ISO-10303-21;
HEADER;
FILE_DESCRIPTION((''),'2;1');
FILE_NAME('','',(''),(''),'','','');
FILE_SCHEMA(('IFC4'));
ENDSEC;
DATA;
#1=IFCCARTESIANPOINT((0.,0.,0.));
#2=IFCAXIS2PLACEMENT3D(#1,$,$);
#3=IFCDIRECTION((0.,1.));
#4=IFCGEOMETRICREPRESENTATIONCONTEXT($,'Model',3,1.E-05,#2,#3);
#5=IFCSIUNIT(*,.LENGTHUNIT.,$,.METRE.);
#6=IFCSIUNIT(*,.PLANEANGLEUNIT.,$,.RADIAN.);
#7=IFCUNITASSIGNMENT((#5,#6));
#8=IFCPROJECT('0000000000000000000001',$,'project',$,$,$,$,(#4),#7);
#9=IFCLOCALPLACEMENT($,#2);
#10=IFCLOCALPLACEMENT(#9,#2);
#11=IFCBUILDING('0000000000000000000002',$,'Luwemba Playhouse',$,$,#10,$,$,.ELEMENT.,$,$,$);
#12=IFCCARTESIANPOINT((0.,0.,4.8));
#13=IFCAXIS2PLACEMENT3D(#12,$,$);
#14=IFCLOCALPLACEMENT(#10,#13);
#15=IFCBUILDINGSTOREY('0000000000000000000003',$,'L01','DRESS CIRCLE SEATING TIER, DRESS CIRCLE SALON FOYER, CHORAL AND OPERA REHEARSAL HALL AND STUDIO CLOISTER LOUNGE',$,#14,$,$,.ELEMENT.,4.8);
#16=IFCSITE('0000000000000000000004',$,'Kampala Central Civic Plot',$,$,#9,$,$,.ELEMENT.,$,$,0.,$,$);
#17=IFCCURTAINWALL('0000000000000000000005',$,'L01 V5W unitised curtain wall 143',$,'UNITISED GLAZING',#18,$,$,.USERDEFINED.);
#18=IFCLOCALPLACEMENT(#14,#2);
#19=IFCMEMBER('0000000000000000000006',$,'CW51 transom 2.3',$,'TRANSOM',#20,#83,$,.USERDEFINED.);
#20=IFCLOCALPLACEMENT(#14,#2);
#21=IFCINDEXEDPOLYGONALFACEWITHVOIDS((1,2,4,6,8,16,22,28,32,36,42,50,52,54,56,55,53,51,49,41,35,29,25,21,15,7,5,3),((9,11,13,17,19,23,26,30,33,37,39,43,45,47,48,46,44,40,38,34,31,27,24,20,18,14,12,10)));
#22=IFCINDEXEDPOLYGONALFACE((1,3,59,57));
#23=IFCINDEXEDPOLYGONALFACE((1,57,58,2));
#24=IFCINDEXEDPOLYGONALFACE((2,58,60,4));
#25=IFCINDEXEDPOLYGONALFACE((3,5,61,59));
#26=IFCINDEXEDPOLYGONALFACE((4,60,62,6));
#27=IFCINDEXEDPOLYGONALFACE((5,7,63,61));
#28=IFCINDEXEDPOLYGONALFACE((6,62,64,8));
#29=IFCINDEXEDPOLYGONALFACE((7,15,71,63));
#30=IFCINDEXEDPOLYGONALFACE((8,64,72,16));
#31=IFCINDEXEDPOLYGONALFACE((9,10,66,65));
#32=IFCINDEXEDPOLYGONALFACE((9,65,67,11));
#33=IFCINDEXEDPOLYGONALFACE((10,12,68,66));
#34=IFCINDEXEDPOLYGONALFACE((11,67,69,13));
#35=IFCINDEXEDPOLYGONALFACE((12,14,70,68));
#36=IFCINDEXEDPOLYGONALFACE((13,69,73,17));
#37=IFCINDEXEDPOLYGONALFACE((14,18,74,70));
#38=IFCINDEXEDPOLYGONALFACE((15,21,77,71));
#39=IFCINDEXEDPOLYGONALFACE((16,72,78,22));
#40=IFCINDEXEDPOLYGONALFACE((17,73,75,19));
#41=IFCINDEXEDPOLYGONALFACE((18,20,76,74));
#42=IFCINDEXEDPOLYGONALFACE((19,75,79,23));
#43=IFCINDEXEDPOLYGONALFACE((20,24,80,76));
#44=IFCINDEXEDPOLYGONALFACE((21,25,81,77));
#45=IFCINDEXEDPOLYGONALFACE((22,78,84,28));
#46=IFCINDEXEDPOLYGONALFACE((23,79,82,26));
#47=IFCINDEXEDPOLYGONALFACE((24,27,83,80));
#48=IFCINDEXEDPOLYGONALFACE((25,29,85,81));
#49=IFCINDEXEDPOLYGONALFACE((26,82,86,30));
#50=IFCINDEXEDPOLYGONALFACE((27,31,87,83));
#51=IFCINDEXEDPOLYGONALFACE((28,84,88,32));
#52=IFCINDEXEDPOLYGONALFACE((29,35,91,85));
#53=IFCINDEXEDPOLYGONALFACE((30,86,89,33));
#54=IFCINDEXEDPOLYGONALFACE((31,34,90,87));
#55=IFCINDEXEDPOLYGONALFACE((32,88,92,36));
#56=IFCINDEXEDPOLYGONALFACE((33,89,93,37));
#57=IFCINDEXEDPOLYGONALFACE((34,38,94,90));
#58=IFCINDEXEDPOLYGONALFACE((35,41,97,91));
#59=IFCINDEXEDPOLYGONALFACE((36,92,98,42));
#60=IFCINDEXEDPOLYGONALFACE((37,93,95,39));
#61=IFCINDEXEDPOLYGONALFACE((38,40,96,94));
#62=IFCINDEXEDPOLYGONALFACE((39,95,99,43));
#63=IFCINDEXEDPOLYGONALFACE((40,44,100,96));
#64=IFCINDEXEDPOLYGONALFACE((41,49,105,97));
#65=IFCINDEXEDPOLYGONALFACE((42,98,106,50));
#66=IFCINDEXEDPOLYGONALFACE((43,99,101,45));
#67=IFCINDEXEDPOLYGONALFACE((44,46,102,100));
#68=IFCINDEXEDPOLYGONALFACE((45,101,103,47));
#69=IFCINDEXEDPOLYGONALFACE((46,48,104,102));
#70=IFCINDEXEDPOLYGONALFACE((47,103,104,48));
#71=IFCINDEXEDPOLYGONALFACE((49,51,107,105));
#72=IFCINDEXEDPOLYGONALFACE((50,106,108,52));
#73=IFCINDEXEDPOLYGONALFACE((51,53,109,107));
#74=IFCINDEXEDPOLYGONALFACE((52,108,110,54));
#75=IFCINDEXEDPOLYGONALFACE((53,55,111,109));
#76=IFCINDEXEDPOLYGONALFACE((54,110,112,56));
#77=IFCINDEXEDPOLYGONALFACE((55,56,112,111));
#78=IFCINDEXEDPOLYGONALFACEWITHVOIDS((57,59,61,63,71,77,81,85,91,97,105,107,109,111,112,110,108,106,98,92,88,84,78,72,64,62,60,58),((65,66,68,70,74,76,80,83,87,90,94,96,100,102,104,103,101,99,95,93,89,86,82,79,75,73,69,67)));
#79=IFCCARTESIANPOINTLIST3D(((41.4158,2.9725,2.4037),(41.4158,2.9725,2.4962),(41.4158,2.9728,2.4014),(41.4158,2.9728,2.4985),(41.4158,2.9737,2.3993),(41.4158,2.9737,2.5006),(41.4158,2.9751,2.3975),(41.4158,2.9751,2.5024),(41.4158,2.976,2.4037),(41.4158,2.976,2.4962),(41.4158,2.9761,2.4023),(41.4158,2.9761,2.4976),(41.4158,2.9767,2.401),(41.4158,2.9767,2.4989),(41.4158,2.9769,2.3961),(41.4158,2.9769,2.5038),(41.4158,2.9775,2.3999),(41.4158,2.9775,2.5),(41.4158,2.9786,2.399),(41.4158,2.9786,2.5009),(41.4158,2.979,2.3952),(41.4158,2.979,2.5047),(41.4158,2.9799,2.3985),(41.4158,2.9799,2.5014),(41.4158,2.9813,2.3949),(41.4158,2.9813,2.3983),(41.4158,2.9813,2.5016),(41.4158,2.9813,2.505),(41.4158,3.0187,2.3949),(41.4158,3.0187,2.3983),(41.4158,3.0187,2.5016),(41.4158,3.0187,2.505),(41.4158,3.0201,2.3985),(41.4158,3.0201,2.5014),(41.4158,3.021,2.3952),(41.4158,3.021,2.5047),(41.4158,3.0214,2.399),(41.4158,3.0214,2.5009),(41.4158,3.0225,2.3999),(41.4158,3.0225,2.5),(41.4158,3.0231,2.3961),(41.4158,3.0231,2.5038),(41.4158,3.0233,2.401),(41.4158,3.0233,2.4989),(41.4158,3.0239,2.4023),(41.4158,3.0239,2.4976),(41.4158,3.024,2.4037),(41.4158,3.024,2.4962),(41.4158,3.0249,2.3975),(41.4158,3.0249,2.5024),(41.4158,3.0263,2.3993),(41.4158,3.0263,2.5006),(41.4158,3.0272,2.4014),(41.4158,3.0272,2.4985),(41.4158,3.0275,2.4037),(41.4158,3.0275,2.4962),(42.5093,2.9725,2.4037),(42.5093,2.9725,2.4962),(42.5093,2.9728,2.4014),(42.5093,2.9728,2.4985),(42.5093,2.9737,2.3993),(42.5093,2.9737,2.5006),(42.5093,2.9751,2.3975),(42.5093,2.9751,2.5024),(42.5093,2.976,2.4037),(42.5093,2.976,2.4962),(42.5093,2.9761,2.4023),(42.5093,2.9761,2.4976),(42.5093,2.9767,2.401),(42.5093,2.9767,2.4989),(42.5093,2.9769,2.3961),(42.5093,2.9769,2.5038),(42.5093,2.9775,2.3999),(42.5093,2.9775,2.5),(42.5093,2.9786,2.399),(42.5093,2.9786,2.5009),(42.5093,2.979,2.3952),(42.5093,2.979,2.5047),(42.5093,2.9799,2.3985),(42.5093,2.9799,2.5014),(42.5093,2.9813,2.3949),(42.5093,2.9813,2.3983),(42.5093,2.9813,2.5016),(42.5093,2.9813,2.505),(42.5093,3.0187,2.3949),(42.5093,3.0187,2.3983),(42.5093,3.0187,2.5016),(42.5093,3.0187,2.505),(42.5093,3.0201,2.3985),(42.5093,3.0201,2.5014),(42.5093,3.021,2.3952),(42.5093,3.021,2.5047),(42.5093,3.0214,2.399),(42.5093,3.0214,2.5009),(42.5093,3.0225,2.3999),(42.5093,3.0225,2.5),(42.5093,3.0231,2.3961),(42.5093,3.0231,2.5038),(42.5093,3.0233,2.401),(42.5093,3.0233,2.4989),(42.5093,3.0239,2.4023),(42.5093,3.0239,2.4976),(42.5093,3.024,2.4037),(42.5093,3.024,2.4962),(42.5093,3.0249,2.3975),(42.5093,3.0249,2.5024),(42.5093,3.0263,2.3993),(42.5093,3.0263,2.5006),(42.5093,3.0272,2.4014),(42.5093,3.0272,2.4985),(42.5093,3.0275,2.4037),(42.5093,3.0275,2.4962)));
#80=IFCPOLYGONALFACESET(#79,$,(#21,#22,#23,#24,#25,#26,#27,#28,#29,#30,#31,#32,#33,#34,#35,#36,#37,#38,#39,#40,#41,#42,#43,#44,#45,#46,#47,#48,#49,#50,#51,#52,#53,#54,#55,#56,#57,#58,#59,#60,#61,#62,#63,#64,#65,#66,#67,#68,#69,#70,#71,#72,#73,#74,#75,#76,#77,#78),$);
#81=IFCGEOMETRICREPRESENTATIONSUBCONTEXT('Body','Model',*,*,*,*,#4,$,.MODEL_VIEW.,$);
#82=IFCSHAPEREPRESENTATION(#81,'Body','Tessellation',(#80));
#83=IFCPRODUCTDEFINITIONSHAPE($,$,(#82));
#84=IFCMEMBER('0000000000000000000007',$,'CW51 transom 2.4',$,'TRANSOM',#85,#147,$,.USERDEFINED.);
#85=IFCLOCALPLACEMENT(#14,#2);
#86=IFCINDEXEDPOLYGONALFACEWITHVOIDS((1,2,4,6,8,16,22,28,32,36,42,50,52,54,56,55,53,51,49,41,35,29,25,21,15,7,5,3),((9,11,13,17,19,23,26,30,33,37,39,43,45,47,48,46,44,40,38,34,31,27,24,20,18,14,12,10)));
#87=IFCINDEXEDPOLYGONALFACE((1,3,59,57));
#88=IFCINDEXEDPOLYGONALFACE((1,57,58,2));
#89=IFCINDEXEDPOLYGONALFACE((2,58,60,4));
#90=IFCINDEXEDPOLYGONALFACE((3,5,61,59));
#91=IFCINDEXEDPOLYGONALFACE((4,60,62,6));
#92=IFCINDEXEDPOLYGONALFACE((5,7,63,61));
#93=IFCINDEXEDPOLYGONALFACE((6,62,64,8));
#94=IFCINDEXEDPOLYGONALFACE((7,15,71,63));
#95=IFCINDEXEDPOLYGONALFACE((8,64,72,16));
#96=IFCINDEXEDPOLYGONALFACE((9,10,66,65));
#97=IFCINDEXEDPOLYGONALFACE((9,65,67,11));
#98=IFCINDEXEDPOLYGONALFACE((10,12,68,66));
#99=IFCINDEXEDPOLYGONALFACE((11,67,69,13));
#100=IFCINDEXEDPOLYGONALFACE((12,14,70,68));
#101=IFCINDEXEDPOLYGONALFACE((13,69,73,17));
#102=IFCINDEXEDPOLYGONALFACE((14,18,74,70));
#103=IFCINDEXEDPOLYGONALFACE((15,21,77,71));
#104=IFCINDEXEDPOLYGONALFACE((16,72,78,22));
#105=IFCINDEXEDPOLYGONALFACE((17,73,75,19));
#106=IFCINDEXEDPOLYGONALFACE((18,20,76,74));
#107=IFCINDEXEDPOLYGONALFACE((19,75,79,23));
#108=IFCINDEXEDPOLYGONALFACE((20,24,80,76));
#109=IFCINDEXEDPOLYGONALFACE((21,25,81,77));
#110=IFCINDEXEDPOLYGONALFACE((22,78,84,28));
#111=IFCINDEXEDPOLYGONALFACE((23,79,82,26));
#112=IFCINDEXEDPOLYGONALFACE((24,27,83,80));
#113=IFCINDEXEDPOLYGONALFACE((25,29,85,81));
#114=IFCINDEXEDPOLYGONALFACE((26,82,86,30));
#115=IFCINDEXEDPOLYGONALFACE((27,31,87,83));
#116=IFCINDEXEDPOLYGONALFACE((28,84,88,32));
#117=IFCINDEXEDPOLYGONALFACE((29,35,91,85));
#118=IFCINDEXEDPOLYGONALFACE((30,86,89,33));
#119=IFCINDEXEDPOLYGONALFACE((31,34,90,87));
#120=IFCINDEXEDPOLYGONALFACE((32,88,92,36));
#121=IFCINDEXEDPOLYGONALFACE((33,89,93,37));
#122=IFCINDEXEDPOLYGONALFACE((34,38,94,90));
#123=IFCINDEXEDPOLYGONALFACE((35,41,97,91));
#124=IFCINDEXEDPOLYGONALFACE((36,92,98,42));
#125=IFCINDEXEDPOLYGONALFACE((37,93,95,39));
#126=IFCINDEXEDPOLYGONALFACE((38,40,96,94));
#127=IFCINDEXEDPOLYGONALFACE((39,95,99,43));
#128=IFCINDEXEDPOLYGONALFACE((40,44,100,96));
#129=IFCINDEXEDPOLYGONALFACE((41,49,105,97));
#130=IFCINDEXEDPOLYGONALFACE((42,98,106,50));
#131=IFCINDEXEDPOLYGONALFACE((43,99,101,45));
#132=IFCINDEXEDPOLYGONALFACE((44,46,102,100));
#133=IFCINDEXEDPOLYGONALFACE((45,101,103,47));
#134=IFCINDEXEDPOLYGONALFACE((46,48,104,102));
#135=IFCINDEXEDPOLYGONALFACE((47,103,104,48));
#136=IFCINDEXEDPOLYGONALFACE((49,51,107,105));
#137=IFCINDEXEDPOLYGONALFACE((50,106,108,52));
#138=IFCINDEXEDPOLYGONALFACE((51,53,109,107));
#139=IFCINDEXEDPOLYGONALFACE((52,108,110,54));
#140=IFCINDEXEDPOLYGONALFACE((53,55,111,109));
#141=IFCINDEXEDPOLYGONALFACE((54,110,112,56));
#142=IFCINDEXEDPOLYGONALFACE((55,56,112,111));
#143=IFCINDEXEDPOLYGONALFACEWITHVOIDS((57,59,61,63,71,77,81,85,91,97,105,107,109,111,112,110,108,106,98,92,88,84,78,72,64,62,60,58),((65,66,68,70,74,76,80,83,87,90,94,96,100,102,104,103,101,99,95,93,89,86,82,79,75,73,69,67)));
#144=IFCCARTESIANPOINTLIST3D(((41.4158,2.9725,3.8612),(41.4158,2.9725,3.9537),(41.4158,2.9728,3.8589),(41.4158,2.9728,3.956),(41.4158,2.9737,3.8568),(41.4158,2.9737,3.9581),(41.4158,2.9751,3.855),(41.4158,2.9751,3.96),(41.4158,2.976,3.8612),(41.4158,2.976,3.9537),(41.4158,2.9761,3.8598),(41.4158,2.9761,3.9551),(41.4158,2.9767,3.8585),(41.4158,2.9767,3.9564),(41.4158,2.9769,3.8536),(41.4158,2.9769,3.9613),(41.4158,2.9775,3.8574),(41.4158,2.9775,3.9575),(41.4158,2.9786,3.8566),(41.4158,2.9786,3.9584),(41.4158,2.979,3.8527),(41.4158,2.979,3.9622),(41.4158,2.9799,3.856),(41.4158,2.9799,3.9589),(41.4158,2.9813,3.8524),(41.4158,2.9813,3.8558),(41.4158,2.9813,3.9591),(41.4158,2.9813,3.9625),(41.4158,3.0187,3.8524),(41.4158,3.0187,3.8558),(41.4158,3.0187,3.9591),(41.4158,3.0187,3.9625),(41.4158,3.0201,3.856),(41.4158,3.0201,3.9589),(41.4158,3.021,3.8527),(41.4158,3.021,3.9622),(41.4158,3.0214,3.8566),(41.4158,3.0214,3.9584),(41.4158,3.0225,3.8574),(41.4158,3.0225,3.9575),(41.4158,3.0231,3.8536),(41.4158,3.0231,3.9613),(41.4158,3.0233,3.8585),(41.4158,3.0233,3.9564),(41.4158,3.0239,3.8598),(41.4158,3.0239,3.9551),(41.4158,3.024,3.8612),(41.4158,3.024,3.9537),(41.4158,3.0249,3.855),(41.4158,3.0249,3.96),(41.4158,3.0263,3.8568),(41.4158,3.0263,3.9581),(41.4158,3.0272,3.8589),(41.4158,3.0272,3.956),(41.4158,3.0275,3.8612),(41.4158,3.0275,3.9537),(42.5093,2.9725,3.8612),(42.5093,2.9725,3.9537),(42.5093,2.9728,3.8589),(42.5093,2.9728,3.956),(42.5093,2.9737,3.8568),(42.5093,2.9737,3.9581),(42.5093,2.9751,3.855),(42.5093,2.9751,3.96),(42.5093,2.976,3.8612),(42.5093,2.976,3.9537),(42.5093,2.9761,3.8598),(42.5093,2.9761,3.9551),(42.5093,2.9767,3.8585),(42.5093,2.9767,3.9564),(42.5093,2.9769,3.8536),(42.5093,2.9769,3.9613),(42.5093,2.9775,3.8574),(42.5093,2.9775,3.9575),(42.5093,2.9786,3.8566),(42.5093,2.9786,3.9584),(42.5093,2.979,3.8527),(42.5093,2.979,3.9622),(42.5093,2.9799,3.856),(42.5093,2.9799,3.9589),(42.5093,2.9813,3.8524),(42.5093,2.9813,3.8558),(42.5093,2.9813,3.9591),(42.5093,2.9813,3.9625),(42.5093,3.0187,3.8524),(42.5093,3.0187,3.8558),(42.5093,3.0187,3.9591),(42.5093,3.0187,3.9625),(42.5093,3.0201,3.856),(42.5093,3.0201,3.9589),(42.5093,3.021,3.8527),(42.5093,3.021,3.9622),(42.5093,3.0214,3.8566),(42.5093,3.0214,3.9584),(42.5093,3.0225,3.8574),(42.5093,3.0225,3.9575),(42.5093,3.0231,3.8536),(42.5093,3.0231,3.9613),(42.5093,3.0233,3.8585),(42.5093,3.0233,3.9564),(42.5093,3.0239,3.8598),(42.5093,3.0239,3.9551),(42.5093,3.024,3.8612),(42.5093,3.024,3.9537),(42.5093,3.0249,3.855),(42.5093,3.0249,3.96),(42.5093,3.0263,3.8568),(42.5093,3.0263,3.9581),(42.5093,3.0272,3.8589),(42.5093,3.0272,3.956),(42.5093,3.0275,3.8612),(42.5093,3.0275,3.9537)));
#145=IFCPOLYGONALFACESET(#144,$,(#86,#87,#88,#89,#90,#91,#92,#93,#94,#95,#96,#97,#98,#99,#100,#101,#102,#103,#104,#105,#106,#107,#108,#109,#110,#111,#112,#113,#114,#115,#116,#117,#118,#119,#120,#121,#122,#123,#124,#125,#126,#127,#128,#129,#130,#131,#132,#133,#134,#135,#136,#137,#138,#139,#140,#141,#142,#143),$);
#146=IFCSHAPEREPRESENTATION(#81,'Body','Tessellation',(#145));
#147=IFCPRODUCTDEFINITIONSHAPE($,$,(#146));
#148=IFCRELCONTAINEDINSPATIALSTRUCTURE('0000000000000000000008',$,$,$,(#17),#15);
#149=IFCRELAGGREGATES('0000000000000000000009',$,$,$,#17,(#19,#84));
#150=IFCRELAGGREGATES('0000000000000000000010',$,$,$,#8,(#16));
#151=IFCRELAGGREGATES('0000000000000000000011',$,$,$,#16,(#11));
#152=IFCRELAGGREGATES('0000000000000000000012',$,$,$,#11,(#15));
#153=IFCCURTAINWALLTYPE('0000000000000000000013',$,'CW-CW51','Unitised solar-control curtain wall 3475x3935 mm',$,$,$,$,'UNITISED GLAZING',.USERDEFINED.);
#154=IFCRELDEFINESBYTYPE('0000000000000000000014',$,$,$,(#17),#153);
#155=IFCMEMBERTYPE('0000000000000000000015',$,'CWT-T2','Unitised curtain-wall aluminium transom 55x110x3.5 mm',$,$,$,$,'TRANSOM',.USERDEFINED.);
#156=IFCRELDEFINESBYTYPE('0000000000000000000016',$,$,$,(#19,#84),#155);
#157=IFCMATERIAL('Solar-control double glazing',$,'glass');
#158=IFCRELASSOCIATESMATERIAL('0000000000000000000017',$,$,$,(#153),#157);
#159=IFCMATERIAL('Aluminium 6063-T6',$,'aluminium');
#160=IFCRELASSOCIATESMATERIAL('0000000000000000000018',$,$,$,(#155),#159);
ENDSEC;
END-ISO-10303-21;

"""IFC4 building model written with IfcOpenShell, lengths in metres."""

from ifc_helpers import new_model, si_unit, direction, frame, origin, origin_2d, place, context, subcontext, project, spatial, hollow_rectangle, extrude, material, material_profile, profile_set, type_object, element, aggregate, save


model = new_model("IFC4")

# Units and contexts
model_context = context("Model", 3, precision=1e-05, world=origin(), true_north=direction((0.0, 1.0)))
body_context = subcontext(model_context, "Body", "Model", "MODEL_VIEW")
ifc_project = project(units=[si_unit("LENGTHUNIT", "METRE"), si_unit("PLANEANGLEUNIT", "RADIAN")], contexts=[model_context])

# Site, building, storey
site_placement = place(None, origin())
site = spatial("IfcSite", under=ifc_project, at=site_placement, Name="Kampala Central Civic Plot", CompositionType="ELEMENT", RefElevation=0.0)
building_placement = place(site_placement, origin())
building = spatial("IfcBuilding", under=site, at=building_placement, Name="Luwemba Playhouse", CompositionType="ELEMENT")
storey_placement = place(building_placement, frame((0.0, 0.0, 4.8)))
storey = spatial("IfcBuildingStorey", under=building, at=storey_placement, Name="L01", Description="DRESS CIRCLE SEATING TIER, DRESS CIRCLE SALON FOYER, CHORAL AND OPERA REHEARSAL HALL AND STUDIO CLOISTER LOUNGE", CompositionType="ELEMENT", Elevation=4.8)

# Curtain wall
ifc_material_1 = material(Name="Solar-control double glazing", Category="glass")
curtain_wall_type_1 = type_object("IfcCurtainWallType", Name="CW-CW51", Description="Unitised solar-control curtain wall 3475x3935 mm", ElementType="UNITISED GLAZING", PredefinedType="USERDEFINED", material=ifc_material_1)
curtain_wall_1_placement = place(storey_placement, origin())
curtain_wall_1 = element("IfcCurtainWall", 1, at=curtain_wall_1_placement, inside=storey, type_object=curtain_wall_type_1, Name="L01 V5W unitised curtain wall 143", ObjectType="UNITISED GLAZING", PredefinedType="USERDEFINED")
ifc_material_2 = material(Name="Aluminium 6063-T6", Category="aluminium")

# Members
ifc_material_profile_1 = material_profile(ifc_material_2, hollow_rectangle(XDim=0.0549, YDim=0.1101, WallThickness=0.0034, InnerFilletRadius=0.0054, OuterFilletRadius=0.0088, at=origin_2d()))
ifc_profile_set_1 = profile_set([ifc_material_profile_1], Name="Aluminium 6063-T6")
member_type_1 = type_object("IfcMemberType", Name="CWT-T2", Description="Unitised curtain-wall aluminium transom 55x110x3.5 mm", ElementType="TRANSOM", PredefinedType="USERDEFINED", material=ifc_profile_set_1)
member_1_placement = place(storey_placement, frame((42.5093, 3.0, 2.45), z_axis=(-1.0, 0.0, 0.0), x_axis=(0.0, -1.0, 0.0)))
member_1 = element("IfcMember", 2, at=member_1_placement, type_object=member_type_1, Name="CW51 transom 2.3", ObjectType="TRANSOM", PredefinedType="USERDEFINED", context=body_context, shape_type="SweptSolid", body=[
    extrude(hollow_rectangle(XDim=0.0549, YDim=0.1101, WallThickness=0.0034, InnerFilletRadius=0.0054, OuterFilletRadius=0.0088, at=origin_2d()), origin(), (0.0, 0.0, 1.0), 1.0935),
])
member_2_placement = place(storey_placement, frame((42.5093, 3.0, 3.9075), z_axis=(-1.0, 0.0, 0.0), x_axis=(0.0, -1.0, 0.0)))
member_2 = element("IfcMember", 3, at=member_2_placement, type_object=member_type_1, Name="CW51 transom 2.4", ObjectType="TRANSOM", PredefinedType="USERDEFINED", context=body_context, shape_type="SweptSolid", body=[
    extrude(hollow_rectangle(XDim=0.0549, YDim=0.1101, WallThickness=0.0034, InnerFilletRadius=0.0054, OuterFilletRadius=0.0088, at=origin_2d()), origin(), (0.0, 0.0, 1.0), 1.0935),
])

aggregate(curtain_wall_1, [member_1, member_2])

save(model, "model.ifc")
